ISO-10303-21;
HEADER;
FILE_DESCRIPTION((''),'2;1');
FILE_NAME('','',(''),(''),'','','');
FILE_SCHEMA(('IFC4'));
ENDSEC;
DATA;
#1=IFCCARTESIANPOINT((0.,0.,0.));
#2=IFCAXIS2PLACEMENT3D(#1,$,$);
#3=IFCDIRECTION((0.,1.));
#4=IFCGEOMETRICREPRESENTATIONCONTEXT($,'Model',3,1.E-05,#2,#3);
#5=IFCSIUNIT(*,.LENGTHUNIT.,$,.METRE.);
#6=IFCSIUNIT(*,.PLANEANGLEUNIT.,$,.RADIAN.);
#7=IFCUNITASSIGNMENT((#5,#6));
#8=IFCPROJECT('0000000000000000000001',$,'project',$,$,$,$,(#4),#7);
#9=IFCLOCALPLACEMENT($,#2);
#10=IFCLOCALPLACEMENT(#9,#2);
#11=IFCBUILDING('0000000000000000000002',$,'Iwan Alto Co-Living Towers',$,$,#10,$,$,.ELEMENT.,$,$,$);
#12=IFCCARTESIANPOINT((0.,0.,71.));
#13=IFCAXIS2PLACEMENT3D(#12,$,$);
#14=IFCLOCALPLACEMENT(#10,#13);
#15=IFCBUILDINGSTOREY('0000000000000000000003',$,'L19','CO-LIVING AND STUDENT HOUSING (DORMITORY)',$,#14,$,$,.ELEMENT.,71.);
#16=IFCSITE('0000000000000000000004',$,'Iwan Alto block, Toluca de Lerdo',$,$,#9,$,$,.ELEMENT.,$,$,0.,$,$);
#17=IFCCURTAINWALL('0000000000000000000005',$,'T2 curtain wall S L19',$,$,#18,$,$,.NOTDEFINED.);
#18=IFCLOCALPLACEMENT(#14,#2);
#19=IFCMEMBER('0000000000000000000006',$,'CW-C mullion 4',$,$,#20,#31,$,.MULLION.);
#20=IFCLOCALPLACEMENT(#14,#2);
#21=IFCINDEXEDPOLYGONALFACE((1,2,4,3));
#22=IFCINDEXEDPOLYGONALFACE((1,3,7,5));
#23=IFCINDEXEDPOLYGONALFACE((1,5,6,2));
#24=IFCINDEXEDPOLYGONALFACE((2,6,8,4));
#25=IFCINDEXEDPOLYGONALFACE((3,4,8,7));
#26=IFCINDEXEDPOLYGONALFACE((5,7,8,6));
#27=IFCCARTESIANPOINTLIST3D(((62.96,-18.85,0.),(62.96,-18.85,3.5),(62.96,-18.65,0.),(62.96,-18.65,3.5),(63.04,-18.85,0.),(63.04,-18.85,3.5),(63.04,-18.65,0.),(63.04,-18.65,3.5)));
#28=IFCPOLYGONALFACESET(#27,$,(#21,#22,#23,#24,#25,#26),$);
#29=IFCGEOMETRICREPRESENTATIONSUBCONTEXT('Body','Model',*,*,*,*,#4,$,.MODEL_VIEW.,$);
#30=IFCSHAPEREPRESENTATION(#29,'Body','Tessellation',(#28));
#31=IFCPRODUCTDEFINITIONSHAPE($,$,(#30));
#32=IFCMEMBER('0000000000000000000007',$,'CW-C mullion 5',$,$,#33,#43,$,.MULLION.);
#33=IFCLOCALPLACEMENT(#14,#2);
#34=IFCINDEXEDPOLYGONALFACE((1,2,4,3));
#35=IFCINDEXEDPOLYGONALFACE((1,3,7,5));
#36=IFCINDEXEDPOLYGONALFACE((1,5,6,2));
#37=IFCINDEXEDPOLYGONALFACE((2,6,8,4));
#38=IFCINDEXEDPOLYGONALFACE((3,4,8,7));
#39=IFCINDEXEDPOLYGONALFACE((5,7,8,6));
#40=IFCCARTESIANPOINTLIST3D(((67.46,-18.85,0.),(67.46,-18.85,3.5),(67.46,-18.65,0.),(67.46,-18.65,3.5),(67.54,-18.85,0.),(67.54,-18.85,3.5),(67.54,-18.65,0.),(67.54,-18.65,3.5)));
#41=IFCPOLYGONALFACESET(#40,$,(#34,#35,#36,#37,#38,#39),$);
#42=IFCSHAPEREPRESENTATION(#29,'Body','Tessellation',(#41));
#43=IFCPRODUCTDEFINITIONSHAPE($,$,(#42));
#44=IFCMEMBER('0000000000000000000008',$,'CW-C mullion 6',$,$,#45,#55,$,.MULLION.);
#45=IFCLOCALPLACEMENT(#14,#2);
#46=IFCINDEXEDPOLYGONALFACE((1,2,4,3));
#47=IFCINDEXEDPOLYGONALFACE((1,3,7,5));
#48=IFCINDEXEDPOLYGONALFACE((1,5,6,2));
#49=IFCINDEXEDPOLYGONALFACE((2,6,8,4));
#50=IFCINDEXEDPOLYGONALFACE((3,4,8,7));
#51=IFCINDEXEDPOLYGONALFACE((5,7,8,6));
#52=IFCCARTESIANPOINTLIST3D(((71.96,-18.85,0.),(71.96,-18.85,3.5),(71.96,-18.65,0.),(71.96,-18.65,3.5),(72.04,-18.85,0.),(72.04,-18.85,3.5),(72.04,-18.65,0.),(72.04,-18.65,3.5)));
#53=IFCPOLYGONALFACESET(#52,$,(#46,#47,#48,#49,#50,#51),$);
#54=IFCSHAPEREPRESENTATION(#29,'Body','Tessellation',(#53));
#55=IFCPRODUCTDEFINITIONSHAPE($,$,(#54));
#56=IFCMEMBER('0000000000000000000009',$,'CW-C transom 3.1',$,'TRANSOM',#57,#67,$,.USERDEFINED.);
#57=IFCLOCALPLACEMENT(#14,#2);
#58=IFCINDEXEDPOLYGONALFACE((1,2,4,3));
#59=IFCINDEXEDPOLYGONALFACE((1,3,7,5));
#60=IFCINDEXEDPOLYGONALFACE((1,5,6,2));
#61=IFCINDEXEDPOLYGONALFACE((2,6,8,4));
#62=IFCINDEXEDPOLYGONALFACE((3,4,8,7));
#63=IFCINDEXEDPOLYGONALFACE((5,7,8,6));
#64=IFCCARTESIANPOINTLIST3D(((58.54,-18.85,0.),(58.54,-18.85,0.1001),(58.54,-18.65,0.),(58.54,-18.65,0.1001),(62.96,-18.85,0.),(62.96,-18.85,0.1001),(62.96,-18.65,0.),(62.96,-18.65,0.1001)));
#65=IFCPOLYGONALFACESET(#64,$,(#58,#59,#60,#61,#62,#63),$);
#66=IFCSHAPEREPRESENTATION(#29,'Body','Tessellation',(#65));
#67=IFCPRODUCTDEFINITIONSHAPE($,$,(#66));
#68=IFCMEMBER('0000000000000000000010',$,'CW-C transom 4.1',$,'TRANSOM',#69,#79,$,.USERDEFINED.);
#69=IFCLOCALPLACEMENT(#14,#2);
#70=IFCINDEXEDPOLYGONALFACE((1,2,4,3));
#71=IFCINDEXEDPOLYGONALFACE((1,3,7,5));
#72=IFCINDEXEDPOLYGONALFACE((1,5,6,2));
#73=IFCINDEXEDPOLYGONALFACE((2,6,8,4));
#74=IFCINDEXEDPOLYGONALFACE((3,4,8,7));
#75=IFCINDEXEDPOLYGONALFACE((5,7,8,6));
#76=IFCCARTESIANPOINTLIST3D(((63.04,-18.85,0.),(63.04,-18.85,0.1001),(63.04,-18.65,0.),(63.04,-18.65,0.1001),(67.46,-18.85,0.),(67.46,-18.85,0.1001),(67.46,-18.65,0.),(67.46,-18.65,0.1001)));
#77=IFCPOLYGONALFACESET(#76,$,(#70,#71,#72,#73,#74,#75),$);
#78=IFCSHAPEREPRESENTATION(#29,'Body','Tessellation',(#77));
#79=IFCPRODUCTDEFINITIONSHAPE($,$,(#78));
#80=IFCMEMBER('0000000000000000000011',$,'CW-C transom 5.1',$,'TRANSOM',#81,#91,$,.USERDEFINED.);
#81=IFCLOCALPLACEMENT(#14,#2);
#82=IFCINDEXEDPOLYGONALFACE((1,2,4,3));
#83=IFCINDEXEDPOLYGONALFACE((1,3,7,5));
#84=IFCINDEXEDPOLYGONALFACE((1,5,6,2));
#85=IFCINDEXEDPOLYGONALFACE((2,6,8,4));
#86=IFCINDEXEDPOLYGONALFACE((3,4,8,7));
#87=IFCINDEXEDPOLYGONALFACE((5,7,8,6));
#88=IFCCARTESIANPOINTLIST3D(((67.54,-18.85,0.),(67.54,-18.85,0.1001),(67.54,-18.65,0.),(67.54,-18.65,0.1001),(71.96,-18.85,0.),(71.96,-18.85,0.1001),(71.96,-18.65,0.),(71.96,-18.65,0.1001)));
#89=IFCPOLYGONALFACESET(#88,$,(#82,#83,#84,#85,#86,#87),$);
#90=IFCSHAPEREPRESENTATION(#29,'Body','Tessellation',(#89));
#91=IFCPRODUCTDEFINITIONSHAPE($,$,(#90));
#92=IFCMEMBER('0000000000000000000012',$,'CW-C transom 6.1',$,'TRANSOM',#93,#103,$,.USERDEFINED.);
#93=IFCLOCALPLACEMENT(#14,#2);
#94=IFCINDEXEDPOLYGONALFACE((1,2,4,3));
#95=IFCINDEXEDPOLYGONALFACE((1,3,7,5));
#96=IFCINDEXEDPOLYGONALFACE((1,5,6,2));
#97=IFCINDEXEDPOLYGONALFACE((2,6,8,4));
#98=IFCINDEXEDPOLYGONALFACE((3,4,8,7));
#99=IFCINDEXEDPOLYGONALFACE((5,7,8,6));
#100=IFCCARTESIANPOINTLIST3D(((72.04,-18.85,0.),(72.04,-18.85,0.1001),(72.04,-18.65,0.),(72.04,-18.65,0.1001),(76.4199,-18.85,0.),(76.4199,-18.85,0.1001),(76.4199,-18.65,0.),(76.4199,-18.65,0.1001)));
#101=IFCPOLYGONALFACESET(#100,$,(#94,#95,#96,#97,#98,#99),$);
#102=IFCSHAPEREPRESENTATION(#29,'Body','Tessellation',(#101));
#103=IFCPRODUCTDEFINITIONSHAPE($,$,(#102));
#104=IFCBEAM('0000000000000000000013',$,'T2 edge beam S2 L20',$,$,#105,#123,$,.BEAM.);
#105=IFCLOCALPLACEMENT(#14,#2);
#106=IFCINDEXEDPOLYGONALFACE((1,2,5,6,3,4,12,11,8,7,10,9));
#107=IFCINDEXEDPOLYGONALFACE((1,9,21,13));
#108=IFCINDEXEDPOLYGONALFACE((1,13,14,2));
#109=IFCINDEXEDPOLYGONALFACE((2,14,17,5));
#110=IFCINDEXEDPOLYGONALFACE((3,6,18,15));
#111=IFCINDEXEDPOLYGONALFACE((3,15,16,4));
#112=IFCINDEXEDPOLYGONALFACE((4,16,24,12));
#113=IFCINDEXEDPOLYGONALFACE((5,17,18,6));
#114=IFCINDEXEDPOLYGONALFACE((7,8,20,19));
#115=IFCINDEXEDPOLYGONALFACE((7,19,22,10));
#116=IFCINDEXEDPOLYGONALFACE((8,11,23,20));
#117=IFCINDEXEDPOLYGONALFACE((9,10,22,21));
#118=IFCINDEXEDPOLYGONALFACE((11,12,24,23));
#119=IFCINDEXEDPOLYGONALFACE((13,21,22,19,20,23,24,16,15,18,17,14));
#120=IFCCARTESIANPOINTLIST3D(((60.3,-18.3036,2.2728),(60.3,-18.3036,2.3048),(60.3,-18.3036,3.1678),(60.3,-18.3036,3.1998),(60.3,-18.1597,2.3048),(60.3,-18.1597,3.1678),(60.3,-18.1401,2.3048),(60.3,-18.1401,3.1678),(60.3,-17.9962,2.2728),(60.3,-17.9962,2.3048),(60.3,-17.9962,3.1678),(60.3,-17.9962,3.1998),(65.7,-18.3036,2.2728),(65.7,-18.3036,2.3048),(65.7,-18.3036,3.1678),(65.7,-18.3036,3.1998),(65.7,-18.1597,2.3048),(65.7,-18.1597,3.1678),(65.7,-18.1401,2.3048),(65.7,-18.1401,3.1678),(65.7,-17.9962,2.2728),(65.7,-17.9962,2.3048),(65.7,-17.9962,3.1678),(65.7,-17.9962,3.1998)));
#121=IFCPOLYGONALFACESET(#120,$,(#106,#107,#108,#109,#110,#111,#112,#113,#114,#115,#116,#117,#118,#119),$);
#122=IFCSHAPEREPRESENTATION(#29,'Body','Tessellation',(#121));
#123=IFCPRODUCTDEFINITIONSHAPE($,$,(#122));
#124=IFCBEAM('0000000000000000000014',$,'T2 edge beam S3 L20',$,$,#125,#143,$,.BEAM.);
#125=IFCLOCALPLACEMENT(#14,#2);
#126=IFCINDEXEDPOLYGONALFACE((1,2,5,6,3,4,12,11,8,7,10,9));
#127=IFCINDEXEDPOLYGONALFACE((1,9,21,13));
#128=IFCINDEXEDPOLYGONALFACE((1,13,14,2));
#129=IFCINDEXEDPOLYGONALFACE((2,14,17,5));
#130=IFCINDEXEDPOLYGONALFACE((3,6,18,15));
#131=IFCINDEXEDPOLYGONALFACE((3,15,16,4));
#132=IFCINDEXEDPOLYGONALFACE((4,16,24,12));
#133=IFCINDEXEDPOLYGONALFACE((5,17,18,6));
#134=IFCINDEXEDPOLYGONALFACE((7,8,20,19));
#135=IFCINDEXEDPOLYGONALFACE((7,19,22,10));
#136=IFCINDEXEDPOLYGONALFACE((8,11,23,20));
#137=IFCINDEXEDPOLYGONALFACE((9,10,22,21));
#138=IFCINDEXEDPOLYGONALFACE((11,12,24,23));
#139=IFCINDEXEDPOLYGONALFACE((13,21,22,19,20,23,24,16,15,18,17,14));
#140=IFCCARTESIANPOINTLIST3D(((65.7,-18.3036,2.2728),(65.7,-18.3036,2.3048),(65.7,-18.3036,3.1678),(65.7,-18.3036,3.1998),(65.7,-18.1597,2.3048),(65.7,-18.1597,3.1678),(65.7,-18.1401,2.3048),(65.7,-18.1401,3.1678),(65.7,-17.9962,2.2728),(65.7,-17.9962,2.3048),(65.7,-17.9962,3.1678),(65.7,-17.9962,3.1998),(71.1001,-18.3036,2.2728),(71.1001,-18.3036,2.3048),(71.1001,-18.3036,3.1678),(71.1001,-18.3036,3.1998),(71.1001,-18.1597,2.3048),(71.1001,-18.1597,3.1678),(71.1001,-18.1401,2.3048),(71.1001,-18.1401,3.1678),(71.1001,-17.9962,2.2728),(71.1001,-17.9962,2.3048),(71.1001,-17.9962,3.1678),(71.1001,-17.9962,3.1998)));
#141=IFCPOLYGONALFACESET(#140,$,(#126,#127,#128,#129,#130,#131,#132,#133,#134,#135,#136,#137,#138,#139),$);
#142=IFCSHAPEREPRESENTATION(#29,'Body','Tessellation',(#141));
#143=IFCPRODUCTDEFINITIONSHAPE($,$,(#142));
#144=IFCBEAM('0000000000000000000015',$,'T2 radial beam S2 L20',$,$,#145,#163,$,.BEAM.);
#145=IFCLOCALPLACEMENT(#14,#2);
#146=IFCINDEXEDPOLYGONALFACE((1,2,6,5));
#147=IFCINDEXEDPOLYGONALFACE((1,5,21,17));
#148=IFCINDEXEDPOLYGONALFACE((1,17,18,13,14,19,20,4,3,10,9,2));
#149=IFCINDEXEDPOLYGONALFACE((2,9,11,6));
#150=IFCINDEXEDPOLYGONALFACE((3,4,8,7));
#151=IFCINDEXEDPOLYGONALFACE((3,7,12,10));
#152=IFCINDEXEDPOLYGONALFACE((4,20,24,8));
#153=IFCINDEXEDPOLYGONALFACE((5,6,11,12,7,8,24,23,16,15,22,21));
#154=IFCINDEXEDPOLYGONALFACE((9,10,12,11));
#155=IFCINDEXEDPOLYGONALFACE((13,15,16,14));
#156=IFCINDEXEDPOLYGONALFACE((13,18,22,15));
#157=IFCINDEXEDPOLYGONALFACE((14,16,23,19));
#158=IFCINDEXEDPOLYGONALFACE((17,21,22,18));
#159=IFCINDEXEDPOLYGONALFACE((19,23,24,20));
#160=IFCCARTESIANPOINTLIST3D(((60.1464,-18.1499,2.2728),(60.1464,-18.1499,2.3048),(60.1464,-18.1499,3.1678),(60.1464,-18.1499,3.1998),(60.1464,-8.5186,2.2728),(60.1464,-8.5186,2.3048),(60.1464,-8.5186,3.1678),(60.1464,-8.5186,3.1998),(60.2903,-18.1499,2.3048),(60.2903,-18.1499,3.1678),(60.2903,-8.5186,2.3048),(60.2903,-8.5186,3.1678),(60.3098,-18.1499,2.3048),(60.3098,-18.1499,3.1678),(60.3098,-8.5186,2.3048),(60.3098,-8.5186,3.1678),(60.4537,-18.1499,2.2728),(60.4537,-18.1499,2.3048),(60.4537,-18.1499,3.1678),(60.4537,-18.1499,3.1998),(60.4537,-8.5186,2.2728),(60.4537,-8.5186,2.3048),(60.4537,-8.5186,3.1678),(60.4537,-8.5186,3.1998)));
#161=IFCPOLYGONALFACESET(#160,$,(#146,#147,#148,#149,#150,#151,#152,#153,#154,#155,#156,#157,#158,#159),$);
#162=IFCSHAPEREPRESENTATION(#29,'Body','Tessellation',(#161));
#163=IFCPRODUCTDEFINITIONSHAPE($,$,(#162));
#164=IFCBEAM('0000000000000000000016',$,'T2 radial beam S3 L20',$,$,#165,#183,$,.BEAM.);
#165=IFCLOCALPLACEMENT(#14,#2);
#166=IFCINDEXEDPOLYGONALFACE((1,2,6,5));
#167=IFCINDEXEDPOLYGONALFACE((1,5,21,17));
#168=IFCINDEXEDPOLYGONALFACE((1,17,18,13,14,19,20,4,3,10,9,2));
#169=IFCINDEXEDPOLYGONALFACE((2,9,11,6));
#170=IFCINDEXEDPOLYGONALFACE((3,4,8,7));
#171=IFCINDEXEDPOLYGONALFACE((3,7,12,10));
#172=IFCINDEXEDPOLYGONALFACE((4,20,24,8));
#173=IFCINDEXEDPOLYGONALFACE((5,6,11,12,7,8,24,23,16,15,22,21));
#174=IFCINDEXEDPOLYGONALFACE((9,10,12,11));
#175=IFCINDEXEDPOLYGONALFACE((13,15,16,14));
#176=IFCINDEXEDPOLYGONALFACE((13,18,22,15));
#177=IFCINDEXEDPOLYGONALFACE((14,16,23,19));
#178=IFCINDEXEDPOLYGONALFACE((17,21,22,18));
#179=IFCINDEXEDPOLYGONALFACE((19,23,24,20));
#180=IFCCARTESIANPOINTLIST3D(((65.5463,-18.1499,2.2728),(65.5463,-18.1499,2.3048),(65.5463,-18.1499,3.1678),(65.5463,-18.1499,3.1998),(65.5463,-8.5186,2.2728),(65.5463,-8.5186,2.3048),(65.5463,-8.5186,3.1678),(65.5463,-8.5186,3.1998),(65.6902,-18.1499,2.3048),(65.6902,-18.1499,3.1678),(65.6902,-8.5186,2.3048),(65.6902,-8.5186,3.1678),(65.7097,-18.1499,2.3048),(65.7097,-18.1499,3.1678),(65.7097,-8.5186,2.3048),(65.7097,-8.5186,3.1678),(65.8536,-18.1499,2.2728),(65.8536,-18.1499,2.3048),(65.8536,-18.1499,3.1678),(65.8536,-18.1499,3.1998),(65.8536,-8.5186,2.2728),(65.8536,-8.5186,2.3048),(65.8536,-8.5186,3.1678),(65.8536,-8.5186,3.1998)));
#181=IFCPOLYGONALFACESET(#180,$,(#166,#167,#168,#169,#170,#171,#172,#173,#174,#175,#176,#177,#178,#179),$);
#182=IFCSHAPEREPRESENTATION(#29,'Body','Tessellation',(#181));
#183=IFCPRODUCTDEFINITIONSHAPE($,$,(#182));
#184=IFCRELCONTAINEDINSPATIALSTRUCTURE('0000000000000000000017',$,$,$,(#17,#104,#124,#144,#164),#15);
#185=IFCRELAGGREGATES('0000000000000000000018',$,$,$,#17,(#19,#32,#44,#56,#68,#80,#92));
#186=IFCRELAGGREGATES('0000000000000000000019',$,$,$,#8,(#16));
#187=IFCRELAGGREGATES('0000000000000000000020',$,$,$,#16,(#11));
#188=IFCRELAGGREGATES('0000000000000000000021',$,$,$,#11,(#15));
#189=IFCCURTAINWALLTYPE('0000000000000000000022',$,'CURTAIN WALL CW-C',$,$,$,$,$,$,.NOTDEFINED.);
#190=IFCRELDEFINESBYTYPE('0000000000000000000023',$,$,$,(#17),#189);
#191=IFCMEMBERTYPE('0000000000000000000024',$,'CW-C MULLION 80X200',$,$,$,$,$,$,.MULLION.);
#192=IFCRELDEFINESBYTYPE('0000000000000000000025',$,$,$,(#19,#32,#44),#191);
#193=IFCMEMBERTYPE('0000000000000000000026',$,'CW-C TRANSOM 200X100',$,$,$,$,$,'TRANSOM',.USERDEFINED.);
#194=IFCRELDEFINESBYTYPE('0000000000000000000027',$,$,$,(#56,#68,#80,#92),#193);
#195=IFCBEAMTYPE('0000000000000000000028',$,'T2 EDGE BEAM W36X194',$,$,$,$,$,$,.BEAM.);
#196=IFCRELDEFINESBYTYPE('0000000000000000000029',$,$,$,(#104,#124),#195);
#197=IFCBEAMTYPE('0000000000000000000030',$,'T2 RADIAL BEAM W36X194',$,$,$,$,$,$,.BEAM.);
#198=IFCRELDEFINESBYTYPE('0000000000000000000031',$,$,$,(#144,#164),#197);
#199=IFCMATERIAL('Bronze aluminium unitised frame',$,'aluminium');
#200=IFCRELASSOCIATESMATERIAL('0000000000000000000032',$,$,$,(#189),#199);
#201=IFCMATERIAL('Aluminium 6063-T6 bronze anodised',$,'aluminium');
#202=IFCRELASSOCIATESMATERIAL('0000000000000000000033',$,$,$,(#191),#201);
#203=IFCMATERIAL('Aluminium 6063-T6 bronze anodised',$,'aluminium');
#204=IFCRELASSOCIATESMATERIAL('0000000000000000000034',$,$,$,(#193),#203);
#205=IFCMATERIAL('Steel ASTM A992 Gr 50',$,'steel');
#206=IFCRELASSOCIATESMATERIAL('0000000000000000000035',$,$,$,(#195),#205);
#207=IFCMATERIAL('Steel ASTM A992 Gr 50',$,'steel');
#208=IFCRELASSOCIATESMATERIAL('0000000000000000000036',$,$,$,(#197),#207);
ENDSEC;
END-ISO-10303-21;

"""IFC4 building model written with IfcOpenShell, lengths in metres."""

from ifc_helpers import new_model, si_unit, direction, frame, origin, origin_2d, place, context, subcontext, project, spatial, rectangle, i_section, extrude, material, material_profile, profile_set, type_object, element, aggregate, save


model = new_model("IFC4")

# Units and contexts
model_context = context("Model", 3, precision=1e-05, world=origin(), true_north=direction((0.0, 1.0)))
body_context = subcontext(model_context, "Body", "Model", "MODEL_VIEW")
ifc_project = project(units=[si_unit("LENGTHUNIT", "METRE"), si_unit("PLANEANGLEUNIT", "RADIAN")], contexts=[model_context])

# Site, building, storey
site_placement = place(None, origin())
site = spatial("IfcSite", under=ifc_project, at=site_placement, Name="Iwan Alto block, Toluca de Lerdo", CompositionType="ELEMENT", RefElevation=0.0)
building_placement = place(site_placement, origin())
building = spatial("IfcBuilding", under=site, at=building_placement, Name="Iwan Alto Co-Living Towers", CompositionType="ELEMENT")
storey_placement = place(building_placement, frame((0.0, 0.0, 71.0)))
storey = spatial("IfcBuildingStorey", under=building, at=storey_placement, Name="L19", Description="CO-LIVING AND STUDENT HOUSING (DORMITORY)", CompositionType="ELEMENT", Elevation=71.0)

# Curtain wall, members
ifc_material_1 = material(Name="Bronze aluminium unitised frame", Category="aluminium")
curtain_wall_type = type_object("IfcCurtainWallType", Name="CURTAIN WALL CW-C", PredefinedType="NOTDEFINED", material=ifc_material_1)
curtain_wall_placement = place(storey_placement, origin())
curtain_wall = element("IfcCurtainWall", 1, at=curtain_wall_placement, inside=storey, type_object=curtain_wall_type, Name="T2 curtain wall S L19", PredefinedType="NOTDEFINED")
ifc_material_2 = material(Name="Aluminium 6063-T6 bronze anodised", Category="aluminium")
ifc_material_profile_1 = material_profile(ifc_material_2, rectangle(XDim=0.2, YDim=0.0801, at=origin_2d()), Name="AL 80X200")
ifc_profile_set_1 = profile_set([ifc_material_profile_1], Name="Aluminium 6063-T6 bronze anodised")
member_type_1 = type_object("IfcMemberType", Name="CW-C MULLION 80X200", PredefinedType="MULLION", material=ifc_profile_set_1)
member_1_placement = place(storey_placement, frame((63.0, -18.75, 0.0), z_axis=(0.0, 0.0, 1.0), x_axis=(0.0, 1.0, 0.0)))
member_1 = element("IfcMember", 2, at=member_1_placement, type_object=member_type_1, Name="CW-C mullion 4", PredefinedType="MULLION", context=body_context, shape_type="SweptSolid", body=[
    extrude(rectangle(XDim=0.2, YDim=0.0801, at=origin_2d()), origin(), (0.0, 0.0, 1.0), 3.5),
])
member_2_placement = place(storey_placement, frame((67.5, -18.75, 0.0), z_axis=(0.0, 0.0, 1.0), x_axis=(0.0, 1.0, 0.0)))
member_2 = element("IfcMember", 3, at=member_2_placement, type_object=member_type_1, Name="CW-C mullion 5", PredefinedType="MULLION", context=body_context, shape_type="SweptSolid", body=[
    extrude(rectangle(XDim=0.2, YDim=0.0801, at=origin_2d()), origin(), (0.0, 0.0, 1.0), 3.5),
])
member_3_placement = place(storey_placement, frame((72.0, -18.75, 0.0), z_axis=(0.0, 0.0, 1.0), x_axis=(0.0, 1.0, 0.0)))
member_3 = element("IfcMember", 4, at=member_3_placement, type_object=member_type_1, Name="CW-C mullion 6", PredefinedType="MULLION", context=body_context, shape_type="SweptSolid", body=[
    extrude(rectangle(XDim=0.2, YDim=0.0801, at=origin_2d()), origin(), (0.0, 0.0, 1.0), 3.5),
])
ifc_material_3 = material(Name="Aluminium 6063-T6 bronze anodised", Category="aluminium")
ifc_material_profile_2 = material_profile(ifc_material_3, rectangle(XDim=0.2, YDim=0.1001, at=origin_2d()), Name="AL 200X100")
ifc_profile_set_2 = profile_set([ifc_material_profile_2], Name="Aluminium 6063-T6 bronze anodised")
member_type_2 = type_object("IfcMemberType", Name="CW-C TRANSOM 200X100", ElementType="TRANSOM", PredefinedType="USERDEFINED", material=ifc_profile_set_2)
member_4_placement = place(storey_placement, frame((58.54, -18.75, 0.05), z_axis=(1.0, 0.0, 0.0), x_axis=(0.0, 1.0, 0.0)))
member_4 = element("IfcMember", 5, at=member_4_placement, type_object=member_type_2, Name="CW-C transom 3.1", ObjectType="TRANSOM", PredefinedType="USERDEFINED", context=body_context, shape_type="SweptSolid", body=[
    extrude(rectangle(XDim=0.2, YDim=0.1001, at=origin_2d()), origin(), (0.0, 0.0, 1.0), 4.4199),
])
member_5_placement = place(storey_placement, frame((63.04, -18.75, 0.05), z_axis=(1.0, 0.0, 0.0), x_axis=(0.0, 1.0, 0.0)))
member_5 = element("IfcMember", 6, at=member_5_placement, type_object=member_type_2, Name="CW-C transom 4.1", ObjectType="TRANSOM", PredefinedType="USERDEFINED", context=body_context, shape_type="SweptSolid", body=[
    extrude(rectangle(XDim=0.2, YDim=0.1001, at=origin_2d()), origin(), (0.0, 0.0, 1.0), 4.4199),
])
member_6_placement = place(storey_placement, frame((67.54, -18.75, 0.05), z_axis=(1.0, 0.0, 0.0), x_axis=(0.0, 1.0, 0.0)))
member_6 = element("IfcMember", 7, at=member_6_placement, type_object=member_type_2, Name="CW-C transom 5.1", ObjectType="TRANSOM", PredefinedType="USERDEFINED", context=body_context, shape_type="SweptSolid", body=[
    extrude(rectangle(XDim=0.2, YDim=0.1001, at=origin_2d()), origin(), (0.0, 0.0, 1.0), 4.4199),
])
member_7_placement = place(storey_placement, frame((72.04, -18.75, 0.05), z_axis=(1.0, 0.0, 0.0), x_axis=(0.0, 1.0, 0.0)))
member_7 = element("IfcMember", 8, at=member_7_placement, type_object=member_type_2, Name="CW-C transom 6.1", ObjectType="TRANSOM", PredefinedType="USERDEFINED", context=body_context, shape_type="SweptSolid", body=[
    extrude(rectangle(XDim=0.2, YDim=0.1001, at=origin_2d()), origin(), (0.0, 0.0, 1.0), 4.3799),
])

# Beams
ifc_material_4 = material(Name="Steel ASTM A992 Gr 50", Category="steel")
ifc_material_profile_3 = material_profile(ifc_material_4, i_section(OverallWidth=0.3074, OverallDepth=0.927, WebThickness=0.0195, FlangeThickness=0.032, at=origin_2d()), Name="W36X194")
ifc_profile_set_3 = profile_set([ifc_material_profile_3], Name="Steel ASTM A992 Gr 50")
beam_type_1 = type_object("IfcBeamType", Name="T2 EDGE BEAM W36X194", PredefinedType="BEAM", material=ifc_profile_set_3)
beam_1_placement = place(storey_placement, frame((60.3, -18.1499, 2.7363), z_axis=(1.0, 0.0, 0.0), x_axis=(0.0, 1.0, 0.0)))
element("IfcBeam", 9, at=beam_1_placement, inside=storey, type_object=beam_type_1, Name="T2 edge beam S2 L20", PredefinedType="BEAM", context=body_context, shape_type="SweptSolid", body=[
    extrude(i_section(OverallWidth=0.3074, OverallDepth=0.927, WebThickness=0.0195, FlangeThickness=0.032, at=origin_2d()), origin(), (0.0, 0.0, 1.0), 5.3999),
])
beam_2_placement = place(storey_placement, frame((65.7, -18.1499, 2.7363), z_axis=(1.0, 0.0, 0.0), x_axis=(0.0, 1.0, 0.0)))
element("IfcBeam", 10, at=beam_2_placement, inside=storey, type_object=beam_type_1, Name="T2 edge beam S3 L20", PredefinedType="BEAM", context=body_context, shape_type="SweptSolid", body=[
    extrude(i_section(OverallWidth=0.3074, OverallDepth=0.927, WebThickness=0.0195, FlangeThickness=0.032, at=origin_2d()), origin(), (0.0, 0.0, 1.0), 5.4001),
])
ifc_material_5 = material(Name="Steel ASTM A992 Gr 50", Category="steel")
ifc_material_profile_4 = material_profile(ifc_material_5, i_section(OverallWidth=0.3074, OverallDepth=0.927, WebThickness=0.0195, FlangeThickness=0.032, at=origin_2d()), Name="W36X194")
ifc_profile_set_4 = profile_set([ifc_material_profile_4], Name="Steel ASTM A992 Gr 50")
beam_type_2 = type_object("IfcBeamType", Name="T2 RADIAL BEAM W36X194", PredefinedType="BEAM", material=ifc_profile_set_4)
for number, where, z_axis, x_axis, name in (
    (11, (60.3, -18.1499, 2.7363), (0.0, 1.0, 0.0), (-1.0, 0.0, 0.0), "T2 radial beam S2 L20"),
    (12, (65.7, -18.1499, 2.7363), (0.0, 1.0, 0.0), (-1.0, 0.0, 0.0), "T2 radial beam S3 L20"),
):
    element("IfcBeam", number, at=place(storey_placement, frame(where, z_axis=z_axis, x_axis=x_axis)), inside=storey, type_object=beam_type_2, Name=name, PredefinedType="BEAM", context=body_context, shape_type="SweptSolid", body=[
        extrude(i_section(OverallWidth=0.3074, OverallDepth=0.927, WebThickness=0.0195, FlangeThickness=0.032, at=origin_2d()), origin(), (0.0, 0.0, 1.0), 9.6313),
    ])

aggregate(curtain_wall, [member_1, member_2, member_3, member_4, member_5, member_6, member_7])

save(model, "model.ifc")
